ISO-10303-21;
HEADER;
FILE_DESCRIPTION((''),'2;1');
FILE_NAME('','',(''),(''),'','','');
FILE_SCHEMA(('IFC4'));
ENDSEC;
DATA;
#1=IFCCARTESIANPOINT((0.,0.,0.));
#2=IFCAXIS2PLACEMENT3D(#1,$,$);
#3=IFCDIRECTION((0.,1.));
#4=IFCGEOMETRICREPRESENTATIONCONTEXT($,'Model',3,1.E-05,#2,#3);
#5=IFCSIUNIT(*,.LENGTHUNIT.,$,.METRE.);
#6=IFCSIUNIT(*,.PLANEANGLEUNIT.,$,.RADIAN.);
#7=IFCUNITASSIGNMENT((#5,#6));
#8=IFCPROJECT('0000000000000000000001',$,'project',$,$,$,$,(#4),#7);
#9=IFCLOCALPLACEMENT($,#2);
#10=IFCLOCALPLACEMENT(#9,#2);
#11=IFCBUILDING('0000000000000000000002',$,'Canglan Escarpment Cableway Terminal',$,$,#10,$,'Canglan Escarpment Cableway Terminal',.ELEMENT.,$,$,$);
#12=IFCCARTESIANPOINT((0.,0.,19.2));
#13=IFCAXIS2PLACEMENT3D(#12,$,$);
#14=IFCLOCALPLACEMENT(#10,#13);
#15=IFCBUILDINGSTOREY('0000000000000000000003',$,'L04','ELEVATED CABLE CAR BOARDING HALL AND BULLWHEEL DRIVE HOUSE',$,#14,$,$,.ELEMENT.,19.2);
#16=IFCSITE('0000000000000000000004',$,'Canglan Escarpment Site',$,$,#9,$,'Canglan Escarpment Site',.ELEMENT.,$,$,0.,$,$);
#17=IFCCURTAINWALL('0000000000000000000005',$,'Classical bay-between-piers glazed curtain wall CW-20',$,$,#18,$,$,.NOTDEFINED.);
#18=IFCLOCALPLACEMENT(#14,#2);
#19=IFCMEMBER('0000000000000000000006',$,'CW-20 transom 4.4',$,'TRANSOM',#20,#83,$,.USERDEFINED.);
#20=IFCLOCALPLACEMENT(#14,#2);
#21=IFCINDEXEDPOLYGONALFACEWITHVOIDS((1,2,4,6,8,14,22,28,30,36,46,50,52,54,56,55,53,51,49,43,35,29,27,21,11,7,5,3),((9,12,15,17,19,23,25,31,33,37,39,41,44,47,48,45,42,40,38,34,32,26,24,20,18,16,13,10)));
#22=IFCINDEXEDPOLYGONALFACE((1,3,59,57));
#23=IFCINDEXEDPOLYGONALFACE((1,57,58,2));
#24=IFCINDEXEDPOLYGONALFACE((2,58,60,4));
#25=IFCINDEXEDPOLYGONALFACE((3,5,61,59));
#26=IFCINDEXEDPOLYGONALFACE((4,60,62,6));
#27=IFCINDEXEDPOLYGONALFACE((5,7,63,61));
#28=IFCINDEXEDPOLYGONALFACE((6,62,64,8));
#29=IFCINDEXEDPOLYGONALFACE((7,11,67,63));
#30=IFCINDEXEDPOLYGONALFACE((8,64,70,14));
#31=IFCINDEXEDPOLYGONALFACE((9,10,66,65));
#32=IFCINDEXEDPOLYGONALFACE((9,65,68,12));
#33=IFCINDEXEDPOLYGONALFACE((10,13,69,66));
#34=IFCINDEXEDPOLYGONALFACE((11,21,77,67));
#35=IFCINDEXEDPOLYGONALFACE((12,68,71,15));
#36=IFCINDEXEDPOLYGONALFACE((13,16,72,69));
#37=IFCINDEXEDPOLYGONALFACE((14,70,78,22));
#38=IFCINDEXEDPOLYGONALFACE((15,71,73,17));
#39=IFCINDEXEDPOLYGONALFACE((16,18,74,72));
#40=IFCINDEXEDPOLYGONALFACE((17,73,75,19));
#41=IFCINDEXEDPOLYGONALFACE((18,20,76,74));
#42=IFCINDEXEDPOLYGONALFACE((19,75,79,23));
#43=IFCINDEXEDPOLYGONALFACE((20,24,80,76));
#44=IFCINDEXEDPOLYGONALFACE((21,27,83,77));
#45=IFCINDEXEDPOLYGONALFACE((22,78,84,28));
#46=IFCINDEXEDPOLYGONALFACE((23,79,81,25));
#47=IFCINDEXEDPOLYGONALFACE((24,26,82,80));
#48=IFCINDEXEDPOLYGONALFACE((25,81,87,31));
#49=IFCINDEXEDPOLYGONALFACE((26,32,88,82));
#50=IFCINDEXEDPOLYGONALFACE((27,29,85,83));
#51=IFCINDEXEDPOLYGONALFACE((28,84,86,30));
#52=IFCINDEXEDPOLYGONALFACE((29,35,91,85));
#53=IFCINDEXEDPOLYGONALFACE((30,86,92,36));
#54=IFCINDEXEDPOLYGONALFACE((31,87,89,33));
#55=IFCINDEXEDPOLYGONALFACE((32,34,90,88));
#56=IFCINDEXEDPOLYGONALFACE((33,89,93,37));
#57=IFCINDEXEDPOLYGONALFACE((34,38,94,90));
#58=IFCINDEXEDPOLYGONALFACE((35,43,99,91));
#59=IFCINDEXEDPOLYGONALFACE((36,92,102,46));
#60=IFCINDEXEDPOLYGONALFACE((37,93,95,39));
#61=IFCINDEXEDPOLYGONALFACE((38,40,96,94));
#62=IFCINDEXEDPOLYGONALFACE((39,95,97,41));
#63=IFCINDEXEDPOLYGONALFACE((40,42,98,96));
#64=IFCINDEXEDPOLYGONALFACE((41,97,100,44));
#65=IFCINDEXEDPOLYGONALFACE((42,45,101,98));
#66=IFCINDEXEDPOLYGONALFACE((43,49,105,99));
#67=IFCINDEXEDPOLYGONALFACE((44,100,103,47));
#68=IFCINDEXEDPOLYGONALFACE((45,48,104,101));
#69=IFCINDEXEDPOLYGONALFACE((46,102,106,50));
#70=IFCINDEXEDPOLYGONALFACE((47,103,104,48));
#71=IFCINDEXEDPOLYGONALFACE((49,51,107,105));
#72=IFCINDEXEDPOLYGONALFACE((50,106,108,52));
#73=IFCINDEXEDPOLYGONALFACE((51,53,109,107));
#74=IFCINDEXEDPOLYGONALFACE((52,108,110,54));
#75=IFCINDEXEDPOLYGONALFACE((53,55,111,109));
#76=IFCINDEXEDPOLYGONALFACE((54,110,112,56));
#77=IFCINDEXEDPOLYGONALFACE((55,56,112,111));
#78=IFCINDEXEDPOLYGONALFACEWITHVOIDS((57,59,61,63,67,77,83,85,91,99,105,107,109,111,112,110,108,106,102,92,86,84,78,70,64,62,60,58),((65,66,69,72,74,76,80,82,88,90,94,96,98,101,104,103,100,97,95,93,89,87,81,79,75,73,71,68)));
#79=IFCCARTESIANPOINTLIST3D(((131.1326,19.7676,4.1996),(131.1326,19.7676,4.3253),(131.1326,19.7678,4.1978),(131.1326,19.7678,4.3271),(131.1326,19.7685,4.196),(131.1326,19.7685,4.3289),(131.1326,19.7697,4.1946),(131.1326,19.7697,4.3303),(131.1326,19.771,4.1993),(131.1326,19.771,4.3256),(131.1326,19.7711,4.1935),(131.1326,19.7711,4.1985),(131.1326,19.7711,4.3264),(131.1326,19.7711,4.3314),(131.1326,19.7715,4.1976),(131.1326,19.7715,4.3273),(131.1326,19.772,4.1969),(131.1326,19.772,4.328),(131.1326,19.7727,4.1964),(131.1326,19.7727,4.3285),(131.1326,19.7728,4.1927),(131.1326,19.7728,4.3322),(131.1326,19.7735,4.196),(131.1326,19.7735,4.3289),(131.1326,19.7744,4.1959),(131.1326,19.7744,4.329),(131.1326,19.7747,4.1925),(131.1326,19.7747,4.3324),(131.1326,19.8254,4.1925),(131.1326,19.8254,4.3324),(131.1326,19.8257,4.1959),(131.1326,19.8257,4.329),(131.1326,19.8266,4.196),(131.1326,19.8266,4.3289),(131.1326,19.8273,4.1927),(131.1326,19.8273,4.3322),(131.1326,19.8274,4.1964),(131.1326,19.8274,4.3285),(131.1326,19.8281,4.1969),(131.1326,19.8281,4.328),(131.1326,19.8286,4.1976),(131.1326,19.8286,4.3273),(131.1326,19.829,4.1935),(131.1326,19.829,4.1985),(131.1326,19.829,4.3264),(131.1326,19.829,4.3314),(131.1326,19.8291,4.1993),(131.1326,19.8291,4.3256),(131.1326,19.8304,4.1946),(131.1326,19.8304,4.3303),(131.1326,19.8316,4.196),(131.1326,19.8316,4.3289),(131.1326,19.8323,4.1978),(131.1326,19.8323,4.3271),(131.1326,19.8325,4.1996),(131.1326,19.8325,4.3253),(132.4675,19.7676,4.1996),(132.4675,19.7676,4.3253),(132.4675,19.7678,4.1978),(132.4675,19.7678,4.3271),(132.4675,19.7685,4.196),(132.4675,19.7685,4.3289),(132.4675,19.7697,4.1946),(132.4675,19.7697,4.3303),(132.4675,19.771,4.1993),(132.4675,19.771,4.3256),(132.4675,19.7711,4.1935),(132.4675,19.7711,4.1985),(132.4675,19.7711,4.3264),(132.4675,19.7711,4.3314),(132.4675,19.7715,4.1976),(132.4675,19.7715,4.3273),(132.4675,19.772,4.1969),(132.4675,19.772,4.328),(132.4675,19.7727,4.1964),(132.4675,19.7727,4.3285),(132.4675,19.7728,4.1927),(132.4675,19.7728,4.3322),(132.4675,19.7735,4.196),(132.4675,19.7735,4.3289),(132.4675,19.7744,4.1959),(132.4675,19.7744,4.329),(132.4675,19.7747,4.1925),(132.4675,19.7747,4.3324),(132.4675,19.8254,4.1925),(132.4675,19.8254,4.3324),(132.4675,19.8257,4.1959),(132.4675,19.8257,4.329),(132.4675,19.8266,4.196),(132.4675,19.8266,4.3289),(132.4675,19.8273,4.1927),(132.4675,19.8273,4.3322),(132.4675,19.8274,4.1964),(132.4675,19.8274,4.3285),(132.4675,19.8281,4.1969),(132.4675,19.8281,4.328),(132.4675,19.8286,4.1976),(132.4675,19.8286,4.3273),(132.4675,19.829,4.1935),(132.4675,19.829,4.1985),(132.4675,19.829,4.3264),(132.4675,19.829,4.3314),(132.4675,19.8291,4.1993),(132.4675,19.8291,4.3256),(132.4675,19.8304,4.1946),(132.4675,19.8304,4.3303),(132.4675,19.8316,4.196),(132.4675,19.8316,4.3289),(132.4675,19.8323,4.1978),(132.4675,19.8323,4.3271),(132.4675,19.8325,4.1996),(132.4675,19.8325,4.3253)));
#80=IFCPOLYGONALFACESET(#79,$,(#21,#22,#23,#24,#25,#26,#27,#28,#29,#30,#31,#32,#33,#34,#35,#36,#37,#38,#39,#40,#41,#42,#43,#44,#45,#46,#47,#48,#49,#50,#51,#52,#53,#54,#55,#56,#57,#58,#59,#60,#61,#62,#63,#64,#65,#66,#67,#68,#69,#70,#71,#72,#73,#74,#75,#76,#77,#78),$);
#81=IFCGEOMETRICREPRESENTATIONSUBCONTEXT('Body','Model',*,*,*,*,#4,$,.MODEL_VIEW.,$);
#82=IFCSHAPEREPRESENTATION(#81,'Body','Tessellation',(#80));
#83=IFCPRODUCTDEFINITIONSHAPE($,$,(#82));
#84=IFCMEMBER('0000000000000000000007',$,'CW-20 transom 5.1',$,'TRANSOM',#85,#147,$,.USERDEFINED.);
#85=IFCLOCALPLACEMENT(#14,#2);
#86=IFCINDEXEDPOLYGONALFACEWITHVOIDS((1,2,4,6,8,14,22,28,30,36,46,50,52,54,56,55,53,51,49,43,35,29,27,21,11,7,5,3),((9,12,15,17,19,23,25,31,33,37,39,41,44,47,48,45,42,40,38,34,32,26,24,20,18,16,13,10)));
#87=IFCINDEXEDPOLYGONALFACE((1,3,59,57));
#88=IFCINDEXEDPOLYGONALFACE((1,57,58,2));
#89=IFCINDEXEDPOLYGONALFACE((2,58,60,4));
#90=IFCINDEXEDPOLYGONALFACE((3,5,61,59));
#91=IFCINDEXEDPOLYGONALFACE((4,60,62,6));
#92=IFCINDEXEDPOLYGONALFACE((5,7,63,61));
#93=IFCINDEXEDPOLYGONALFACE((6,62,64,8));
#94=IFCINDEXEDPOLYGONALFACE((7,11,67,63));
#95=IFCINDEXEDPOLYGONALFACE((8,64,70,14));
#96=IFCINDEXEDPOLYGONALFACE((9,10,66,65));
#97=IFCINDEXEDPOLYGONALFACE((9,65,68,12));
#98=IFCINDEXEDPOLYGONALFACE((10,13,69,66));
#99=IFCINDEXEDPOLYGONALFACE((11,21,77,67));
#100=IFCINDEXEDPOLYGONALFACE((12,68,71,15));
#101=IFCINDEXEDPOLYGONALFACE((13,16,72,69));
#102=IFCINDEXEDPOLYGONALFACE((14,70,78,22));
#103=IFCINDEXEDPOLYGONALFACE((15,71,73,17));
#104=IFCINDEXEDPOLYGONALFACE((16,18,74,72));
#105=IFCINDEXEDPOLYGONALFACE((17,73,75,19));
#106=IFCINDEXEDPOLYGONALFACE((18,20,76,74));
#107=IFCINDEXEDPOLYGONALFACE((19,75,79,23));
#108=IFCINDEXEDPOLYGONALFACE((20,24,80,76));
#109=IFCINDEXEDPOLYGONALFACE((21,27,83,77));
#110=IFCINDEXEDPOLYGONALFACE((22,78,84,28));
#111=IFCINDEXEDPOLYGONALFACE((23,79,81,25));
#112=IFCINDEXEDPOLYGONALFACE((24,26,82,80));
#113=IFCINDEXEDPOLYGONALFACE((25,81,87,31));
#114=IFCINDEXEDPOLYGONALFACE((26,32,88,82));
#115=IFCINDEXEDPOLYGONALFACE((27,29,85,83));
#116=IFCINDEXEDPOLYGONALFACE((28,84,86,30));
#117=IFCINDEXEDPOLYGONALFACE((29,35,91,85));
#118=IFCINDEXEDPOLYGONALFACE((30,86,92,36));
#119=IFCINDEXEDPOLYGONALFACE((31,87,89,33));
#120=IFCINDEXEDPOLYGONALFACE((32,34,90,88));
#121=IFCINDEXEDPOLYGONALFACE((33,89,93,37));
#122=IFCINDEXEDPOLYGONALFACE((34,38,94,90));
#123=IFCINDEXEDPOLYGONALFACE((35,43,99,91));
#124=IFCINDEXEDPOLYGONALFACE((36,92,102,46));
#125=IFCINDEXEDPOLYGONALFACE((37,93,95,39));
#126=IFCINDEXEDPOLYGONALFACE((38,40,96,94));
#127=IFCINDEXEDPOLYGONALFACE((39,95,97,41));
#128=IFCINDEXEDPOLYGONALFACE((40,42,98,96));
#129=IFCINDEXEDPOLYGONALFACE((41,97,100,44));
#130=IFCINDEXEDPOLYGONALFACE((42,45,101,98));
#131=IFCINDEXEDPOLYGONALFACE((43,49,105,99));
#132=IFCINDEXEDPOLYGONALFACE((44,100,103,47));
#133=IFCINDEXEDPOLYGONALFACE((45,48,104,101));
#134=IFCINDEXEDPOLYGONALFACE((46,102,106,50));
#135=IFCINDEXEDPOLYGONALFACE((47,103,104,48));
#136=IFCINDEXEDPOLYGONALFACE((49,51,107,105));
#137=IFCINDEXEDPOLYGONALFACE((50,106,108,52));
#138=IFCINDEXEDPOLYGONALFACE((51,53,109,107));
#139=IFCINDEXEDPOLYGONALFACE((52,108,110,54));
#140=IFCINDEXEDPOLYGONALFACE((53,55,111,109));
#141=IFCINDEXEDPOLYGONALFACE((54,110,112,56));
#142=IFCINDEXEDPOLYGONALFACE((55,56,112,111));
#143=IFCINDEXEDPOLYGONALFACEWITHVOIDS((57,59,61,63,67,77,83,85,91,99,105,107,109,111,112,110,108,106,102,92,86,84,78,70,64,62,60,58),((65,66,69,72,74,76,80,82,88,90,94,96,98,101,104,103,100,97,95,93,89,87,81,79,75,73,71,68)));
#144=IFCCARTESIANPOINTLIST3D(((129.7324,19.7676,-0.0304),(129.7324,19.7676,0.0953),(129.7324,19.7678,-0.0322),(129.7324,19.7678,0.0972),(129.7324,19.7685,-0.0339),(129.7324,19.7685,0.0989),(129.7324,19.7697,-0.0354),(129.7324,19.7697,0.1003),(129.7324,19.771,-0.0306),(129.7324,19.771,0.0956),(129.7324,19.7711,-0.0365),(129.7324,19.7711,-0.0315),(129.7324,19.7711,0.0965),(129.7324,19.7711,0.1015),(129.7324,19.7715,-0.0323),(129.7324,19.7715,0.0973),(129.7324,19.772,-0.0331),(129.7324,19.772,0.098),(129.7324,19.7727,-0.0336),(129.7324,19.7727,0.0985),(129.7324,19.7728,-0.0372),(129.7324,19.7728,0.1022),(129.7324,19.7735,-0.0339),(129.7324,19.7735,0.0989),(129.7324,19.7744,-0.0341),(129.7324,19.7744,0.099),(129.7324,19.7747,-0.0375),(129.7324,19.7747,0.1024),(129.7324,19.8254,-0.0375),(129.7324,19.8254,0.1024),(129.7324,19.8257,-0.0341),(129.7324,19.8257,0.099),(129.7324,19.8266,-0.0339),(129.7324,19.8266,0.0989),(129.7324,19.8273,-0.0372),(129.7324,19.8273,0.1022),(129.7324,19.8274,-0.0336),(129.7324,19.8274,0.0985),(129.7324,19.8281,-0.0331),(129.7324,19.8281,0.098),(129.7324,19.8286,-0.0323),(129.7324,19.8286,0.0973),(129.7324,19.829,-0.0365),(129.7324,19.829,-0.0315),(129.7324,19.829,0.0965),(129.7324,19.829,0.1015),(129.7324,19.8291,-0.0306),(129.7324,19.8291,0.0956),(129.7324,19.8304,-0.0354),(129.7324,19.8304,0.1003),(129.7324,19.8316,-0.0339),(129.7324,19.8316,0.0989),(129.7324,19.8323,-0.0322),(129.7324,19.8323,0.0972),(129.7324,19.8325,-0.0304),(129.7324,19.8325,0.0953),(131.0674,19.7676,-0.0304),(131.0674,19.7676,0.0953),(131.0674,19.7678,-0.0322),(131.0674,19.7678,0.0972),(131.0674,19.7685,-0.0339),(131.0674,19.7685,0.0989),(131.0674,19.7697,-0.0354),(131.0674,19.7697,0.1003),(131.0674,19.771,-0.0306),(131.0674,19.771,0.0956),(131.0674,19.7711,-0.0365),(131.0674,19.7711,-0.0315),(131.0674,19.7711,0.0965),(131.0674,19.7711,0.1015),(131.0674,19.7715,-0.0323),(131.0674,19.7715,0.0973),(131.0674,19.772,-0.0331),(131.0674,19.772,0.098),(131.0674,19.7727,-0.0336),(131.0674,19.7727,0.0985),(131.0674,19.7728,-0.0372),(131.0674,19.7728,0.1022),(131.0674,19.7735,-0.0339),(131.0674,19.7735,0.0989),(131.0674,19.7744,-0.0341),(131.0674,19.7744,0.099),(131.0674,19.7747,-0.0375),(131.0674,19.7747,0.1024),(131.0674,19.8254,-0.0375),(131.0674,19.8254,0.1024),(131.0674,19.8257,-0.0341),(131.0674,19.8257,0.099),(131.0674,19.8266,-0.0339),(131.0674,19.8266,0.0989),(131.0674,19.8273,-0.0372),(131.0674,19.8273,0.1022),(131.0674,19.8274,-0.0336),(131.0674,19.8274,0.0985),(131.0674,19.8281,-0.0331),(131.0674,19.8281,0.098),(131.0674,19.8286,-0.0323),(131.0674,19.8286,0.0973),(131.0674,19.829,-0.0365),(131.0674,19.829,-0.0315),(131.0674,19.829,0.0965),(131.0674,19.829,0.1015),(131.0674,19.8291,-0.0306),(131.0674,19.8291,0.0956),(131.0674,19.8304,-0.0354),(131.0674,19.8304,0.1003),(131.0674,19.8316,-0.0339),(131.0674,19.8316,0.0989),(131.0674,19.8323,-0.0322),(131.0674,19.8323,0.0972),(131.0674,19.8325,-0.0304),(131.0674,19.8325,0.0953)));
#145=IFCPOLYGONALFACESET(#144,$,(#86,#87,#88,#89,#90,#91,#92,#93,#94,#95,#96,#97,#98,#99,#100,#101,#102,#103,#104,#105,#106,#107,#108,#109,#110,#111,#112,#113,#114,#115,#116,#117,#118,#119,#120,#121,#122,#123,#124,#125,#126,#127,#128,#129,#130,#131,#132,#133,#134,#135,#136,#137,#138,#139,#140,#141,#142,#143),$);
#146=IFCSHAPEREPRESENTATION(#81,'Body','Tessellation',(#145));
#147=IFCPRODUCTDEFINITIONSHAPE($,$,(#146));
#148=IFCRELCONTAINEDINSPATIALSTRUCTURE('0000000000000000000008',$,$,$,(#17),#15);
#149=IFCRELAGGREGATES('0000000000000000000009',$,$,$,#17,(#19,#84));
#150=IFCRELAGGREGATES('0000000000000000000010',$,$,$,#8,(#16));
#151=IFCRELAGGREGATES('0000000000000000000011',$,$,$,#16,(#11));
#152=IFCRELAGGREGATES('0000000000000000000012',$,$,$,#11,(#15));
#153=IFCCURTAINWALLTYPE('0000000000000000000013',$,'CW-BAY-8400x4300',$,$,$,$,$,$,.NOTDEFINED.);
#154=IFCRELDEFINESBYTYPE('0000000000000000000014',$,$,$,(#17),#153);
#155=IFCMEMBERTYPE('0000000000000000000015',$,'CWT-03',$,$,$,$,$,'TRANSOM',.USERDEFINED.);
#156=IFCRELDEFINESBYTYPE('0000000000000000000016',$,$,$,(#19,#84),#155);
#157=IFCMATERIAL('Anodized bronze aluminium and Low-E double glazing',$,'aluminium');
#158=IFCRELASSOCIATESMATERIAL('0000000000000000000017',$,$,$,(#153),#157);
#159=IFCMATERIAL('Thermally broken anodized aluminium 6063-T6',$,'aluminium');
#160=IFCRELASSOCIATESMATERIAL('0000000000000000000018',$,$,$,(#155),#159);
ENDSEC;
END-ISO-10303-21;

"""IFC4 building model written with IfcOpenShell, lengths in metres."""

from ifc_helpers import new_model, si_unit, direction, frame, origin, origin_2d, place, context, subcontext, project, spatial, hollow_rectangle, extrude, material, material_profile, profile_set, type_object, element, aggregate, save


model = new_model("IFC4")

# Units and contexts
model_context = context("Model", 3, precision=1e-05, world=origin(), true_north=direction((0.0, 1.0)))
body_context = subcontext(model_context, "Body", "Model", "MODEL_VIEW")
ifc_project = project(units=[si_unit("LENGTHUNIT", "METRE"), si_unit("PLANEANGLEUNIT", "RADIAN")], contexts=[model_context])

# Site, building, storey
site_placement = place(None, origin())
site = spatial("IfcSite", under=ifc_project, at=site_placement, Name="Canglan Escarpment Site", LongName="Canglan Escarpment Site", CompositionType="ELEMENT", RefElevation=0.0)
building_placement = place(site_placement, origin())
building = spatial("IfcBuilding", under=site, at=building_placement, Name="Canglan Escarpment Cableway Terminal", LongName="Canglan Escarpment Cableway Terminal", CompositionType="ELEMENT")
storey_placement = place(building_placement, frame((0.0, 0.0, 19.2)))
storey = spatial("IfcBuildingStorey", under=building, at=storey_placement, Name="L04", Description="ELEVATED CABLE CAR BOARDING HALL AND BULLWHEEL DRIVE HOUSE", CompositionType="ELEMENT", Elevation=19.2)

# Curtain wall, members
ifc_material_1 = material(Name="Anodized bronze aluminium and Low-E double glazing", Category="aluminium")
curtain_wall_type = type_object("IfcCurtainWallType", Name="CW-BAY-8400x4300", PredefinedType="NOTDEFINED", material=ifc_material_1)
curtain_wall_placement = place(storey_placement, origin())
curtain_wall = element("IfcCurtainWall", 1, at=curtain_wall_placement, inside=storey, type_object=curtain_wall_type, Name="Classical bay-between-piers glazed curtain wall CW-20", PredefinedType="NOTDEFINED")
ifc_material_2 = material(Name="Thermally broken anodized aluminium 6063-T6", Category="aluminium")
ifc_material_profile_1 = material_profile(ifc_material_2, hollow_rectangle(XDim=0.0649, YDim=0.1399, WallThickness=0.0034, InnerFilletRadius=0.0034, OuterFilletRadius=0.0071, at=origin_2d()), Name="ALU-TRAN 65x140x3.5")
ifc_profile_set_1 = profile_set([ifc_material_profile_1], Name="Thermally broken anodized aluminium 6063-T6")
member_type_1 = type_object("IfcMemberType", Name="CWT-03", ElementType="TRANSOM", PredefinedType="USERDEFINED", material=ifc_profile_set_1)
member_1_placement = place(storey_placement, frame((132.4675, 19.8, 4.2625), z_axis=(-1.0, 0.0, 0.0), x_axis=(0.0, -1.0, 0.0)))
member_1 = element("IfcMember", 2, at=member_1_placement, type_object=member_type_1, Name="CW-20 transom 4.4", ObjectType="TRANSOM", PredefinedType="USERDEFINED", context=body_context, shape_type="SweptSolid", body=[
    extrude(hollow_rectangle(XDim=0.0649, YDim=0.1399, WallThickness=0.0034, InnerFilletRadius=0.0034, OuterFilletRadius=0.0071, at=origin_2d()), origin(), (0.0, 0.0, 1.0), 1.335),
])
member_2_placement = place(storey_placement, frame((131.0674, 19.8, 0.0325), z_axis=(-1.0, 0.0, 0.0), x_axis=(0.0, -1.0, 0.0)))
member_2 = element("IfcMember", 3, at=member_2_placement, type_object=member_type_1, Name="CW-20 transom 5.1", ObjectType="TRANSOM", PredefinedType="USERDEFINED", context=body_context, shape_type="SweptSolid", body=[
    extrude(hollow_rectangle(XDim=0.0649, YDim=0.1399, WallThickness=0.0034, InnerFilletRadius=0.0034, OuterFilletRadius=0.0071, at=origin_2d()), origin(), (0.0, 0.0, 1.0), 1.335),
])
aggregate(curtain_wall, [member_1, member_2])

save(model, "model.ifc")
